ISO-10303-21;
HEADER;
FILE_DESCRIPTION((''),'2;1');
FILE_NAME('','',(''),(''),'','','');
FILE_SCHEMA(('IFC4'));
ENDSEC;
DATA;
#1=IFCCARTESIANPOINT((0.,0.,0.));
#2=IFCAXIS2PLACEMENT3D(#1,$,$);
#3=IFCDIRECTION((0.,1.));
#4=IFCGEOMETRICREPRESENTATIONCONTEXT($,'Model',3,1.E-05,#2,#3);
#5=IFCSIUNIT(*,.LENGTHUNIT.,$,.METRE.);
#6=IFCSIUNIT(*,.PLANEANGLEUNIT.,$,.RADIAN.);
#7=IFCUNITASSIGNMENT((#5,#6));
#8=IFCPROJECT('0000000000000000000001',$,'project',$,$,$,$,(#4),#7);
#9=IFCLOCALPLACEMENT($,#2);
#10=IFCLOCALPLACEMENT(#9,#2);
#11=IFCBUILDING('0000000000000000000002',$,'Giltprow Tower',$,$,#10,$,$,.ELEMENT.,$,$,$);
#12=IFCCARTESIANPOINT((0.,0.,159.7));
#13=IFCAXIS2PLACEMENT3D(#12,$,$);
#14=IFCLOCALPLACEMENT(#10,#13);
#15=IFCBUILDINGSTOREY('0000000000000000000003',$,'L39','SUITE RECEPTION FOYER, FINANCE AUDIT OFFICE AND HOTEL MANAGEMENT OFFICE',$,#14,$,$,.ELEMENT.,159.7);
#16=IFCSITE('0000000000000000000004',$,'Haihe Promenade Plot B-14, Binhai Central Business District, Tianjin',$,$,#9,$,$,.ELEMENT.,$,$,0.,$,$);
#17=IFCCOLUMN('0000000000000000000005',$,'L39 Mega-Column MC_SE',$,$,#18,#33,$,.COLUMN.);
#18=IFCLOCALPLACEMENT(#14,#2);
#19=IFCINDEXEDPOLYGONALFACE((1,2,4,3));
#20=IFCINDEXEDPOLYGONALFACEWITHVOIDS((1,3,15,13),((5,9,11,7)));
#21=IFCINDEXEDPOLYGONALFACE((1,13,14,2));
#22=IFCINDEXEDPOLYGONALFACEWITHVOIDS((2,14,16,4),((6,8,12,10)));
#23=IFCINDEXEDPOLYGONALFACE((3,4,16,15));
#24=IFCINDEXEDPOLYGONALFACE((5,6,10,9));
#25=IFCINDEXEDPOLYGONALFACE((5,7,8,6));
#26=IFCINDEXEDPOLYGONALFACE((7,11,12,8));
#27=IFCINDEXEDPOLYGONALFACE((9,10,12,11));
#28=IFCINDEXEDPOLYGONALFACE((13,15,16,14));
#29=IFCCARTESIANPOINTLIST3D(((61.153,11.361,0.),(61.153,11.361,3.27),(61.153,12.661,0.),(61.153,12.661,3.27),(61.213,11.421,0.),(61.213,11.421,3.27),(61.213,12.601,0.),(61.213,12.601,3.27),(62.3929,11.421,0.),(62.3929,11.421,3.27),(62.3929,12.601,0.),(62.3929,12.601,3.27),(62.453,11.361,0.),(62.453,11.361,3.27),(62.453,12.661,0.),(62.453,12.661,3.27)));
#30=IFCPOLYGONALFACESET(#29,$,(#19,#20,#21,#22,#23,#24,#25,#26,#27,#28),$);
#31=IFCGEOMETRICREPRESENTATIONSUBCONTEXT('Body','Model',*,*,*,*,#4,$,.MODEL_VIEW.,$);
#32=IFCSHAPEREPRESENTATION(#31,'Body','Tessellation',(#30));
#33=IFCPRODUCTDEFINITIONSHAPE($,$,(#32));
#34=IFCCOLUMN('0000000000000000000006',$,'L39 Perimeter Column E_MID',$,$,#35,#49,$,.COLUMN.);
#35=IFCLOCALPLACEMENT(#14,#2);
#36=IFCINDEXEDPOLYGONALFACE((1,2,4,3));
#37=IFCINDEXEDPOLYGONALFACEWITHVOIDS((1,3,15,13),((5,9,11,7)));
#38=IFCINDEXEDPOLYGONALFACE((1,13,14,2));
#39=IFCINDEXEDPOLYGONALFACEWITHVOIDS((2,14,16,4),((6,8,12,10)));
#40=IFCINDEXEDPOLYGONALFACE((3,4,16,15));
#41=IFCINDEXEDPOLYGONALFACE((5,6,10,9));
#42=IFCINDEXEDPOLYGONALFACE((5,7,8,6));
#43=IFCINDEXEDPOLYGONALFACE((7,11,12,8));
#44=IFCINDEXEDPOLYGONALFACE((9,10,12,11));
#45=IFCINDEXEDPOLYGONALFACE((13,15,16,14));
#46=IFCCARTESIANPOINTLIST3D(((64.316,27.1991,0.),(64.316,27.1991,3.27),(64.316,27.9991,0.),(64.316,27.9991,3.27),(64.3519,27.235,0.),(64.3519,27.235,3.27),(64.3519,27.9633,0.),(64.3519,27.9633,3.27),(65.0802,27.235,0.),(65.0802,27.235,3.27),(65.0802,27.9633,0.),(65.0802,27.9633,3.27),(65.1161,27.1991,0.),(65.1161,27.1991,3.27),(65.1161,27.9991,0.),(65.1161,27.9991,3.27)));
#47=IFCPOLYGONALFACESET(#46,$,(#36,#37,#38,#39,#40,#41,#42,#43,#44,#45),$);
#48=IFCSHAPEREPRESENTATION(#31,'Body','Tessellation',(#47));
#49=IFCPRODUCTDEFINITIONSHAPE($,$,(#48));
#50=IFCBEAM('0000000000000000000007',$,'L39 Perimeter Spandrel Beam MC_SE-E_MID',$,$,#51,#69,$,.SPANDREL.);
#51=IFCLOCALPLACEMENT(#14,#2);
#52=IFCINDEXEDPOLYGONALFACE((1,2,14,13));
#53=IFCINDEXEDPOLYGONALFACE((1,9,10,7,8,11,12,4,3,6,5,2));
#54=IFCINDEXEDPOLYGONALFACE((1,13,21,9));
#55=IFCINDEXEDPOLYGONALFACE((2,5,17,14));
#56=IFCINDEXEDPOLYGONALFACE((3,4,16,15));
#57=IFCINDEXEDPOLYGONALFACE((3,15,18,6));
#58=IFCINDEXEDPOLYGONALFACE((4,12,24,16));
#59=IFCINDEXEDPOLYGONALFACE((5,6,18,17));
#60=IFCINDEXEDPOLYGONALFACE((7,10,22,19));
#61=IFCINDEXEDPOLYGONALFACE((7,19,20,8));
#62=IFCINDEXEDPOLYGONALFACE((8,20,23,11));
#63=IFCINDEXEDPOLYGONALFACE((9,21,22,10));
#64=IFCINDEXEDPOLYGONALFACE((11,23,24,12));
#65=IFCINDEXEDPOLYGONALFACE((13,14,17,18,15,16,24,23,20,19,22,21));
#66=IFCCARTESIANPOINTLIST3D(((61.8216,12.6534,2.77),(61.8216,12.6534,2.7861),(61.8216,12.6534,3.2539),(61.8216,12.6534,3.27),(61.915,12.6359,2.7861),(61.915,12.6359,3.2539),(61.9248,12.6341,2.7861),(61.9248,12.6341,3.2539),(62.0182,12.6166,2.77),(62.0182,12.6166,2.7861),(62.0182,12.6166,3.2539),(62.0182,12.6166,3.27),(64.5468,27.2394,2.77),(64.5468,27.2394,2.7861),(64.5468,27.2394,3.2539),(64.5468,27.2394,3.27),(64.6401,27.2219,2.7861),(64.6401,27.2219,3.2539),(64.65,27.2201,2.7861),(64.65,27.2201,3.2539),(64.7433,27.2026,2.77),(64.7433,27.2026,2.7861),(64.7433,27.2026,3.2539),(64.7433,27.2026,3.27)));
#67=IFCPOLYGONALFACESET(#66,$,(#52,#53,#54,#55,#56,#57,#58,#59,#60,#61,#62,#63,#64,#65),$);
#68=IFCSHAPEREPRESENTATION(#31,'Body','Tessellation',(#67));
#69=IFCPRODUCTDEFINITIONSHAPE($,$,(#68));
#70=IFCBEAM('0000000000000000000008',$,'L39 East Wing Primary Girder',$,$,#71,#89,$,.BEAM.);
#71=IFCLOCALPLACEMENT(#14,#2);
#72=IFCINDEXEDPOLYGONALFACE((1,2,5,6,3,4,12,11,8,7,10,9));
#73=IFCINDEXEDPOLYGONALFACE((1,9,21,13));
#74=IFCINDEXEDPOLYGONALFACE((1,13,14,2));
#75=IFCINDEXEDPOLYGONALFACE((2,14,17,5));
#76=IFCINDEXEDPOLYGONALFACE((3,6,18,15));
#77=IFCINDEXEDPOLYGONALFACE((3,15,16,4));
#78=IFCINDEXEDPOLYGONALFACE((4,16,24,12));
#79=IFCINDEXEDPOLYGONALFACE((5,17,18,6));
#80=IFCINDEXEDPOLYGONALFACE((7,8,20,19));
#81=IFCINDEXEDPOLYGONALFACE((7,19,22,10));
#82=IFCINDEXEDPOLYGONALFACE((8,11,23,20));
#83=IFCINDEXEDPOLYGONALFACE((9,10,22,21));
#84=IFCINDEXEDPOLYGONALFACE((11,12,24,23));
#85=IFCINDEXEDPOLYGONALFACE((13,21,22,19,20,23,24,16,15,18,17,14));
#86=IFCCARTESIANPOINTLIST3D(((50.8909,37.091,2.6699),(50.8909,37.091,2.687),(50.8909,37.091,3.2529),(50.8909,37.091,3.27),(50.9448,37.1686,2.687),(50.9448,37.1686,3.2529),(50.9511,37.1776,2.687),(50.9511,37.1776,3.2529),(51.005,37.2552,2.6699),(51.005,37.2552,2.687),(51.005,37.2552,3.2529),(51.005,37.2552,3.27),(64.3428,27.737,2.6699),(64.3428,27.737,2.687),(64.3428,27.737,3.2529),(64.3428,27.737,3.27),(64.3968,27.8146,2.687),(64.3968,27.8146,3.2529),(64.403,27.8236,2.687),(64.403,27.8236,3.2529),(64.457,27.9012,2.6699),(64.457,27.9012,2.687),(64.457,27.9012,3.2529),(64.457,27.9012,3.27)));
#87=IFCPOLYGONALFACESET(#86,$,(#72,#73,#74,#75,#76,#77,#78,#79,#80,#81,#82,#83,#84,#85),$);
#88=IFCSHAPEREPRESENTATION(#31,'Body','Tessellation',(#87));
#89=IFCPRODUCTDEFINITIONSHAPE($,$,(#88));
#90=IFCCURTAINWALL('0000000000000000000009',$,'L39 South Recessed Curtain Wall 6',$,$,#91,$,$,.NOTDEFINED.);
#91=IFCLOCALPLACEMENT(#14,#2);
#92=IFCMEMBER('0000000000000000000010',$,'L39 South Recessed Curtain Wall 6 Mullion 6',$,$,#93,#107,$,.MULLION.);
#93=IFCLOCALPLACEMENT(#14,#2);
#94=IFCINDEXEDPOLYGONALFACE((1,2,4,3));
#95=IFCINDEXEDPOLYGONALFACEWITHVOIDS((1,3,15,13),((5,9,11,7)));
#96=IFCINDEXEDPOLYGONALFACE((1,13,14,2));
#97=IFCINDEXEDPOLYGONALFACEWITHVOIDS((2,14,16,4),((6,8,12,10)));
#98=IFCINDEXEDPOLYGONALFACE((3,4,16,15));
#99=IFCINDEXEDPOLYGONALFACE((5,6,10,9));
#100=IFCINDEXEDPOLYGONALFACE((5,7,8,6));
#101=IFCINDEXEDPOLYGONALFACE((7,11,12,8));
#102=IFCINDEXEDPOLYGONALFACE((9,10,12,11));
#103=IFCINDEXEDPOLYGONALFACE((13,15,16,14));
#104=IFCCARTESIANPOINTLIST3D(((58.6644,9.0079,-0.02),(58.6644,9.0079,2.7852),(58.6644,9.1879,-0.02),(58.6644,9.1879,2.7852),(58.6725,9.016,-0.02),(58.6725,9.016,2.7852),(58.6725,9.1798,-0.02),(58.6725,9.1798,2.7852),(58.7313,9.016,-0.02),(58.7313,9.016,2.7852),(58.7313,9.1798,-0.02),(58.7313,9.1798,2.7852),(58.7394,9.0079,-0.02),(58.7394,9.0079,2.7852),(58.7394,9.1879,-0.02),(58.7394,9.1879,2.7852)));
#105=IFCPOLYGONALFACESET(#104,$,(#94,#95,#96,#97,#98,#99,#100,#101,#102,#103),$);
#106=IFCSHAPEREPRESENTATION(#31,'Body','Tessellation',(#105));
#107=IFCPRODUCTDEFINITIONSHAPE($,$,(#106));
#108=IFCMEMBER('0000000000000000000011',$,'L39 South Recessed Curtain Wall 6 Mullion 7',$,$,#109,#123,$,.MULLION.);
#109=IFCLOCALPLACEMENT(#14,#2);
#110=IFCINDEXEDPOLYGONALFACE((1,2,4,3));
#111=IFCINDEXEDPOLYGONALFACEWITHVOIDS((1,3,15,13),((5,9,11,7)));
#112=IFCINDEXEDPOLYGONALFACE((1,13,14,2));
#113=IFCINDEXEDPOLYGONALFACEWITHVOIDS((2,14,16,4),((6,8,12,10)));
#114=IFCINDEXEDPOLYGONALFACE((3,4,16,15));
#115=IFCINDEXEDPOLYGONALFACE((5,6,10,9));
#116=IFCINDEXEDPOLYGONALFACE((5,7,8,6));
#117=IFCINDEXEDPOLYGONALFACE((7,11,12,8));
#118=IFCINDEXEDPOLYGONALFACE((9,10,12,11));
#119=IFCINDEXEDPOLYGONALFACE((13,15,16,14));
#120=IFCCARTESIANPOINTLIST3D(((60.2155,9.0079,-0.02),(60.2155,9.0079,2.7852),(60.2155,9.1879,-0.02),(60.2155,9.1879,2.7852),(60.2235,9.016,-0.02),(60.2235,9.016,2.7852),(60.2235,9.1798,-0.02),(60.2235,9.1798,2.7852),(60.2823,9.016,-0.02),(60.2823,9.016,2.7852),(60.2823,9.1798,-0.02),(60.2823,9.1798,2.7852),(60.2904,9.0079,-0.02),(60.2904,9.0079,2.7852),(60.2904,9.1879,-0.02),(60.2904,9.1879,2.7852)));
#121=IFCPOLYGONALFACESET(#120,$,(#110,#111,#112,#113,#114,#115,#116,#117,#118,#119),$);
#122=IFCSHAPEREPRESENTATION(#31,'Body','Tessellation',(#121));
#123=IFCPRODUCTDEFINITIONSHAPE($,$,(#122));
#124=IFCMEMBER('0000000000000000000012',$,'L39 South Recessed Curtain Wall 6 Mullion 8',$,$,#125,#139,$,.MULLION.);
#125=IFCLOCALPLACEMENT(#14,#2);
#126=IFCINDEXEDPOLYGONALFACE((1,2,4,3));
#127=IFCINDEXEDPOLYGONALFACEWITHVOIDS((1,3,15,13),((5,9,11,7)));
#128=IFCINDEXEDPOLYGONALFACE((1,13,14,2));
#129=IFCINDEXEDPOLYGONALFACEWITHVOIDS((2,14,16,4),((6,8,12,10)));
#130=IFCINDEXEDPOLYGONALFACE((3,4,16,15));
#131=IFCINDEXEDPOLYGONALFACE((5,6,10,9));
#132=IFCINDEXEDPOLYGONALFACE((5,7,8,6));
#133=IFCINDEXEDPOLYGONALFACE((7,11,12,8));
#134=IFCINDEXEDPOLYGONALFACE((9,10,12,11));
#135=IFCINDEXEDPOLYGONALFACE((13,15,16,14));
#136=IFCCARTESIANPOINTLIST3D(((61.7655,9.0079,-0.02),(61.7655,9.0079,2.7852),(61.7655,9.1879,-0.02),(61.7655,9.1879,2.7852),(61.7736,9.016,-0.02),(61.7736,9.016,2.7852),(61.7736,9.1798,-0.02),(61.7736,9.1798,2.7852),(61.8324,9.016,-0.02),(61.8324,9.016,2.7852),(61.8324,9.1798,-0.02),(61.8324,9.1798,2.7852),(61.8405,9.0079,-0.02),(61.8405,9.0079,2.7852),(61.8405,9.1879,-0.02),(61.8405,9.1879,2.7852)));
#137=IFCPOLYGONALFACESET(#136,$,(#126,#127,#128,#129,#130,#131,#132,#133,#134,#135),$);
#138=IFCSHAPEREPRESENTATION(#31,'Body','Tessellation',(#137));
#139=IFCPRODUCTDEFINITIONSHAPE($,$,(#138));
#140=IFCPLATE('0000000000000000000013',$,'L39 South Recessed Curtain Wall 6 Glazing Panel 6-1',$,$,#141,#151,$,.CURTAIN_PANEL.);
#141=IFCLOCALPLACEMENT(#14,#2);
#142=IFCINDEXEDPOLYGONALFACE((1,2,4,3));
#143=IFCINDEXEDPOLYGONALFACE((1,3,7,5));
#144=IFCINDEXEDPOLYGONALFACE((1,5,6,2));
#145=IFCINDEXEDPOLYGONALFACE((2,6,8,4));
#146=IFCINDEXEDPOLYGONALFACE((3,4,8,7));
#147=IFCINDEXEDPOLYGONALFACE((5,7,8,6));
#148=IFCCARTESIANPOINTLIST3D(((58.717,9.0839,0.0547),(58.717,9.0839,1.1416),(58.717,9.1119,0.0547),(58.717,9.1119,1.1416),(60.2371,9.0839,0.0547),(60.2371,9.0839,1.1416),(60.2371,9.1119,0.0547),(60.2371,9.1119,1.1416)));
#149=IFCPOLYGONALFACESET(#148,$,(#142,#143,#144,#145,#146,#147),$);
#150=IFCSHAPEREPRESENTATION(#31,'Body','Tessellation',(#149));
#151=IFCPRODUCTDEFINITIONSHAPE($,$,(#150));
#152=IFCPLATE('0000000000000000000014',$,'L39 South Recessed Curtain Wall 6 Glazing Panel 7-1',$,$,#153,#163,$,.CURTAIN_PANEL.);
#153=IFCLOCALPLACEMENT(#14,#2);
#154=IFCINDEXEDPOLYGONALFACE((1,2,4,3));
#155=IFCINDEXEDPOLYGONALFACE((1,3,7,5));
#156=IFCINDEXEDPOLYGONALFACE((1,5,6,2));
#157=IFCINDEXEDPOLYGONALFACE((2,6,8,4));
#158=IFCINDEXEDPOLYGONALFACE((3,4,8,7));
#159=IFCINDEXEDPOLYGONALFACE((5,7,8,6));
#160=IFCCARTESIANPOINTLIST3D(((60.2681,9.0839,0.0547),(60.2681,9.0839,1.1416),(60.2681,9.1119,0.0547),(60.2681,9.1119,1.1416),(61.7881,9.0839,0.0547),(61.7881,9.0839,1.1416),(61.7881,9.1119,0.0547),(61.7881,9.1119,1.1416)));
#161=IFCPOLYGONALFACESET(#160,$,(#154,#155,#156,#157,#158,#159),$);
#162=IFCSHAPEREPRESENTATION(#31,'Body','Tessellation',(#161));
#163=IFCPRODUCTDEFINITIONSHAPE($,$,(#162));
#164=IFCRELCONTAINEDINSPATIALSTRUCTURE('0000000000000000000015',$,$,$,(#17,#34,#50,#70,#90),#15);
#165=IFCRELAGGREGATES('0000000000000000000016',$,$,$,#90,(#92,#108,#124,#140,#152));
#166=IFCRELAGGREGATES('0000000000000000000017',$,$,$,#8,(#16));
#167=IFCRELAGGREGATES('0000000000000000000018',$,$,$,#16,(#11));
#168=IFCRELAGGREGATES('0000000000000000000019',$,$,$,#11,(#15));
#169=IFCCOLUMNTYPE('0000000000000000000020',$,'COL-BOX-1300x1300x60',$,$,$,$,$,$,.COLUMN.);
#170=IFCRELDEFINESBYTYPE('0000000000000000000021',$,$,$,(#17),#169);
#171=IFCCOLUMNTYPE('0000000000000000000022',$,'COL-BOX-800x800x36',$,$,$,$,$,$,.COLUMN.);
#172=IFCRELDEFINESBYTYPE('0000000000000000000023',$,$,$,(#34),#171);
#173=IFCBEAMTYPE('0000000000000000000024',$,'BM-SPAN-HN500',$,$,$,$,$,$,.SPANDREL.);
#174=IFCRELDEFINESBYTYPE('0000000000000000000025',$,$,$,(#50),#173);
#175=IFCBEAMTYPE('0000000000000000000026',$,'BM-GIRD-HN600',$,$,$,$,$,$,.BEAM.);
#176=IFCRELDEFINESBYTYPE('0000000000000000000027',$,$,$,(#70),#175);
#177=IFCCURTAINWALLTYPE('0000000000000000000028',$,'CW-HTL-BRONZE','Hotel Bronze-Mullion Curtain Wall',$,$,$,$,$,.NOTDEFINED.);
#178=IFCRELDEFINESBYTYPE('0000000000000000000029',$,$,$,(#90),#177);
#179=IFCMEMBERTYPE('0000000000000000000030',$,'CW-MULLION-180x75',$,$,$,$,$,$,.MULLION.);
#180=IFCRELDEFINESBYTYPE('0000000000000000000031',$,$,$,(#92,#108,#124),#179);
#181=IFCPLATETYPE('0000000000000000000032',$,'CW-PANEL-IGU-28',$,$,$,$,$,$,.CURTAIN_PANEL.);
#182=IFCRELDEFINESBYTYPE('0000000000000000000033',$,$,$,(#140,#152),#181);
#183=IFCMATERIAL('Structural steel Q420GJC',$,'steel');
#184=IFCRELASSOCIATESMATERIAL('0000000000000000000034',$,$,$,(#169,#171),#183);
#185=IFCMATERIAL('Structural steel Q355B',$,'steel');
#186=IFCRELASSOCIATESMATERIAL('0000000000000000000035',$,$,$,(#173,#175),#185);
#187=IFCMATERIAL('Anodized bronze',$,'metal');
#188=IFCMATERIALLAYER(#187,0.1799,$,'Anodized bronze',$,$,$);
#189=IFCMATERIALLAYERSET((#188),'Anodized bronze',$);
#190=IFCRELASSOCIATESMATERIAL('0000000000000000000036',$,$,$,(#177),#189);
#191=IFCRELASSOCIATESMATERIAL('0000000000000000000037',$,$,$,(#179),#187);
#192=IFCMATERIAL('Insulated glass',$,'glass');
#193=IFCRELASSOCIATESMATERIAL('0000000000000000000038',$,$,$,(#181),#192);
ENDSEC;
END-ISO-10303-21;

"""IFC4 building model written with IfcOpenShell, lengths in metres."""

from ifc_helpers import new_model, si_unit, direction, frame, origin, origin_2d, place, context, subcontext, project, spatial, rectangle, hollow_rectangle, i_section, extrude, source, transform, mapped, material, layer, layer_set, material_profile, profile_set, type_object, element, aggregate, save


model = new_model("IFC4")

# Units and contexts
model_context = context("Model", 3, precision=1e-05, world=origin(), true_north=direction((0.0, 1.0)))
body_context = subcontext(model_context, "Body", "Model", "MODEL_VIEW")
ifc_project = project(units=[si_unit("LENGTHUNIT", "METRE"), si_unit("PLANEANGLEUNIT", "RADIAN")], contexts=[model_context])

# Site, building, storey
site_placement = place(None, origin())
site = spatial("IfcSite", under=ifc_project, at=site_placement, Name="Haihe Promenade Plot B-14, Binhai Central Business District, Tianjin", CompositionType="ELEMENT", RefElevation=0.0)
building_placement = place(site_placement, origin())
building = spatial("IfcBuilding", under=site, at=building_placement, Name="Giltprow Tower", CompositionType="ELEMENT")
storey_placement = place(building_placement, frame((0.0, 0.0, 159.7)))
storey = spatial("IfcBuildingStorey", under=building, at=storey_placement, Name="L39", Description="SUITE RECEPTION FOYER, FINANCE AUDIT OFFICE AND HOTEL MANAGEMENT OFFICE", CompositionType="ELEMENT", Elevation=159.7)

# Columns
ifc_material_1 = material(Name="Structural steel Q420GJC", Category="steel")
ifc_material_profile_1 = material_profile(ifc_material_1, hollow_rectangle(XDim=1.3, YDim=1.3, WallThickness=0.0601, at=origin_2d()), Name="BOX 1300x1300x60")
ifc_profile_set_1 = profile_set([ifc_material_profile_1], Name="Structural steel Q420GJC")
column_type_1 = type_object("IfcColumnType", Name="COL-BOX-1300x1300x60", PredefinedType="COLUMN", material=ifc_profile_set_1)
shared_shape_1 = source(origin(), body_context, "Body", "SweptSolid", [
    extrude(hollow_rectangle(XDim=1.3, YDim=1.3, WallThickness=0.0601, at=origin_2d()), origin(), (0.0, 0.0, 1.0), 3.27),
])
column_1_placement = place(storey_placement, frame((61.803, 12.011, 0.0), z_axis=(0.0, 0.0, 1.0), x_axis=(1.0, 0.0, 0.0)))
element("IfcColumn", 1, at=column_1_placement, inside=storey, type_object=column_type_1, Name="L39 Mega-Column MC_SE", PredefinedType="COLUMN", context=body_context, shape_type="MappedRepresentation", body=[
    mapped(shared_shape_1, transform((0.0, 0.0, 0.0), x_axis=(1.0, 0.0, 0.0), y_axis=(0.0, 1.0, 0.0), z_axis=(0.0, 0.0, 1.0), scale=1.0)),
])
ifc_material_profile_2 = material_profile(ifc_material_1, hollow_rectangle(XDim=0.8, YDim=0.8, WallThickness=0.0359, at=origin_2d()), Name="BOX 800x800x36")
ifc_profile_set_2 = profile_set([ifc_material_profile_2], Name="Structural steel Q420GJC")
column_type_2 = type_object("IfcColumnType", Name="COL-BOX-800x800x36", PredefinedType="COLUMN", material=ifc_profile_set_2)
shared_shape_2 = source(origin(), body_context, "Body", "SweptSolid", [
    extrude(hollow_rectangle(XDim=0.8, YDim=0.8, WallThickness=0.0359, at=origin_2d()), origin(), (0.0, 0.0, 1.0), 3.27),
])
column_2_placement = place(storey_placement, frame((64.7161, 27.5991, 0.0), z_axis=(0.0, 0.0, 1.0), x_axis=(1.0, 0.0, 0.0)))
element("IfcColumn", 2, at=column_2_placement, inside=storey, type_object=column_type_2, Name="L39 Perimeter Column E_MID", PredefinedType="COLUMN", context=body_context, shape_type="MappedRepresentation", body=[
    mapped(shared_shape_2, transform((0.0, 0.0, 0.0), x_axis=(1.0, 0.0, 0.0), y_axis=(0.0, 1.0, 0.0), z_axis=(0.0, 0.0, 1.0), scale=1.0)),
])

# Beams
ifc_material_2 = material(Name="Structural steel Q355B", Category="steel")
ifc_material_profile_3 = material_profile(ifc_material_2, i_section(OverallWidth=0.2, OverallDepth=0.5, WebThickness=0.01, FlangeThickness=0.0161, at=origin_2d()), Name="HN 500x200x10x16")
ifc_profile_set_3 = profile_set([ifc_material_profile_3], Name="Structural steel Q355B")
beam_type_1 = type_object("IfcBeamType", Name="BM-SPAN-HN500", PredefinedType="SPANDREL", material=ifc_profile_set_3)
shared_shape_3 = source(origin(), body_context, "Body", "SweptSolid", [
    extrude(i_section(OverallWidth=0.2, OverallDepth=0.5, WebThickness=0.01, FlangeThickness=0.0161, at=origin_2d()), origin(), (0.0, 0.0, 1.0), 14.8384),
])
beam_1_placement = place(storey_placement, frame((61.9199, 12.635, 3.02), z_axis=(0.183653, 0.982991, 0.0), x_axis=(-0.982991, 0.183653, 0.0)))
element("IfcBeam", 3, at=beam_1_placement, inside=storey, type_object=beam_type_1, Name="L39 Perimeter Spandrel Beam MC_SE-E_MID", PredefinedType="SPANDREL", context=body_context, shape_type="MappedRepresentation", body=[
    mapped(shared_shape_3, transform((0.0, 0.0, 0.0), x_axis=(1.0, 0.0, 0.0), y_axis=(0.0, 1.0, 0.0), z_axis=(0.0, 0.0, 1.0), scale=1.0)),
])
ifc_material_profile_4 = material_profile(ifc_material_2, i_section(OverallWidth=0.2, OverallDepth=0.6001, WebThickness=0.011, FlangeThickness=0.0171, at=origin_2d()), Name="HN 600x200x11x17")
ifc_profile_set_4 = profile_set([ifc_material_profile_4], Name="Structural steel Q355B")
beam_type_2 = type_object("IfcBeamType", Name="BM-GIRD-HN600", PredefinedType="BEAM", material=ifc_profile_set_4)
shared_shape_4 = source(origin(), body_context, "Body", "SweptSolid", [
    extrude(i_section(OverallWidth=0.2, OverallDepth=0.6001, WebThickness=0.011, FlangeThickness=0.0171, at=origin_2d()), origin(), (0.0, 0.0, 1.0), 16.3845),
])
beam_2_placement = place(storey_placement, frame((64.3999, 27.8191, 2.97), z_axis=(-0.821015, 0.570906, 0.0), x_axis=(-0.570906, -0.821015, 0.0)))
element("IfcBeam", 4, at=beam_2_placement, inside=storey, type_object=beam_type_2, Name="L39 East Wing Primary Girder", PredefinedType="BEAM", context=body_context, shape_type="MappedRepresentation", body=[
    mapped(shared_shape_4, transform((0.0, 0.0, 0.0), x_axis=(1.0, 0.0, 0.0), y_axis=(0.0, 1.0, 0.0), z_axis=(0.0, 0.0, 1.0), scale=1.0)),
])

# Curtain wall, members, plates
ifc_material_3 = material(Name="Anodized bronze", Category="metal")
ifc_layer_1 = layer(ifc_material_3, 0.1799, Name="Anodized bronze")
ifc_layer_set_1 = layer_set([ifc_layer_1], Name="Anodized bronze")
curtain_wall_type = type_object("IfcCurtainWallType", Name="CW-HTL-BRONZE", Description="Hotel Bronze-Mullion Curtain Wall", PredefinedType="NOTDEFINED", material=ifc_layer_set_1)
curtain_wall_placement = place(storey_placement, origin())
curtain_wall = element("IfcCurtainWall", 5, at=curtain_wall_placement, inside=storey, type_object=curtain_wall_type, Name="L39 South Recessed Curtain Wall 6", PredefinedType="NOTDEFINED")
ifc_material_profile_5 = material_profile(ifc_material_3, hollow_rectangle(XDim=0.075, YDim=0.1799, WallThickness=0.0081, at=origin_2d()), Name="RHS 180x75x8")
ifc_profile_set_5 = profile_set([ifc_material_profile_5], Name="Anodized bronze")
member_type = type_object("IfcMemberType", Name="CW-MULLION-180x75", PredefinedType="MULLION", material=ifc_profile_set_5)
shared_shape_5 = source(origin(), body_context, "Body", "SweptSolid", [
    extrude(hollow_rectangle(XDim=0.075, YDim=0.1799, WallThickness=0.0081, at=origin_2d()), origin(), (0.0, 0.0, 1.0), 2.8052),
])
member_1_placement = place(storey_placement, frame((58.7019, 9.0979, -0.02), z_axis=(0.0, 0.0, 1.0), x_axis=(1.0, 0.0, 0.0)))
member_1 = element("IfcMember", 6, at=member_1_placement, type_object=member_type, Name="L39 South Recessed Curtain Wall 6 Mullion 6", PredefinedType="MULLION", context=body_context, shape_type="MappedRepresentation", body=[
    mapped(shared_shape_5, transform((0.0, 0.0, 0.0), x_axis=(1.0, 0.0, 0.0), y_axis=(0.0, 1.0, 0.0), z_axis=(0.0, 0.0, 1.0), scale=1.0)),
])
member_2_placement = place(storey_placement, frame((60.2529, 9.0979, -0.02), z_axis=(0.0, 0.0, 1.0), x_axis=(1.0, 0.0, 0.0)))
member_2 = element("IfcMember", 7, at=member_2_placement, type_object=member_type, Name="L39 South Recessed Curtain Wall 6 Mullion 7", PredefinedType="MULLION", context=body_context, shape_type="MappedRepresentation", body=[
    mapped(shared_shape_5, transform((0.0, 0.0, 0.0), x_axis=(1.0, 0.0, 0.0), y_axis=(0.0, 1.0, 0.0), z_axis=(0.0, 0.0, 1.0), scale=1.0)),
])
member_3_placement = place(storey_placement, frame((61.803, 9.0979, -0.02), z_axis=(0.0, 0.0, 1.0), x_axis=(1.0, 0.0, 0.0)))
member_3 = element("IfcMember", 8, at=member_3_placement, type_object=member_type, Name="L39 South Recessed Curtain Wall 6 Mullion 8", PredefinedType="MULLION", context=body_context, shape_type="MappedRepresentation", body=[
    mapped(shared_shape_5, transform((0.0, 0.0, 0.0), x_axis=(1.0, 0.0, 0.0), y_axis=(0.0, 1.0, 0.0), z_axis=(0.0, 0.0, 1.0), scale=1.0)),
])
ifc_material_4 = material(Name="Insulated glass", Category="glass")
plate_type = type_object("IfcPlateType", Name="CW-PANEL-IGU-28", PredefinedType="CURTAIN_PANEL", material=ifc_material_4)
shared_shape_6 = source(origin(), body_context, "Body", "SweptSolid", [
    extrude(rectangle(XDim=1.52, YDim=0.0281, at=origin_2d()), origin(), (0.0, 0.0, 1.0), 1.0869),
])
plate_1_placement = place(storey_placement, frame((59.4771, 9.0979, 0.0547), z_axis=(0.0, 0.0, 1.0), x_axis=(1.0, 0.0, 0.0)))
plate_1 = element("IfcPlate", 9, at=plate_1_placement, type_object=plate_type, Name="L39 South Recessed Curtain Wall 6 Glazing Panel 6-1", PredefinedType="CURTAIN_PANEL", context=body_context, shape_type="MappedRepresentation", body=[
    mapped(shared_shape_6, transform((0.0, 0.0, 0.0), x_axis=(1.0, 0.0, 0.0), y_axis=(0.0, 1.0, 0.0), z_axis=(0.0, 0.0, 1.0), scale=1.0)),
])
plate_2_placement = place(storey_placement, frame((61.0281, 9.0979, 0.0547), z_axis=(0.0, 0.0, 1.0), x_axis=(1.0, 0.0, 0.0)))
plate_2 = element("IfcPlate", 10, at=plate_2_placement, type_object=plate_type, Name="L39 South Recessed Curtain Wall 6 Glazing Panel 7-1", PredefinedType="CURTAIN_PANEL", context=body_context, shape_type="MappedRepresentation", body=[
    mapped(shared_shape_6, transform((0.0, 0.0, 0.0), x_axis=(1.0, 0.0, 0.0), y_axis=(0.0, 1.0, 0.0), z_axis=(0.0, 0.0, 1.0), scale=1.0)),
])
aggregate(curtain_wall, [member_1, member_2, member_3, plate_1, plate_2])

save(model, "model.ifc")
